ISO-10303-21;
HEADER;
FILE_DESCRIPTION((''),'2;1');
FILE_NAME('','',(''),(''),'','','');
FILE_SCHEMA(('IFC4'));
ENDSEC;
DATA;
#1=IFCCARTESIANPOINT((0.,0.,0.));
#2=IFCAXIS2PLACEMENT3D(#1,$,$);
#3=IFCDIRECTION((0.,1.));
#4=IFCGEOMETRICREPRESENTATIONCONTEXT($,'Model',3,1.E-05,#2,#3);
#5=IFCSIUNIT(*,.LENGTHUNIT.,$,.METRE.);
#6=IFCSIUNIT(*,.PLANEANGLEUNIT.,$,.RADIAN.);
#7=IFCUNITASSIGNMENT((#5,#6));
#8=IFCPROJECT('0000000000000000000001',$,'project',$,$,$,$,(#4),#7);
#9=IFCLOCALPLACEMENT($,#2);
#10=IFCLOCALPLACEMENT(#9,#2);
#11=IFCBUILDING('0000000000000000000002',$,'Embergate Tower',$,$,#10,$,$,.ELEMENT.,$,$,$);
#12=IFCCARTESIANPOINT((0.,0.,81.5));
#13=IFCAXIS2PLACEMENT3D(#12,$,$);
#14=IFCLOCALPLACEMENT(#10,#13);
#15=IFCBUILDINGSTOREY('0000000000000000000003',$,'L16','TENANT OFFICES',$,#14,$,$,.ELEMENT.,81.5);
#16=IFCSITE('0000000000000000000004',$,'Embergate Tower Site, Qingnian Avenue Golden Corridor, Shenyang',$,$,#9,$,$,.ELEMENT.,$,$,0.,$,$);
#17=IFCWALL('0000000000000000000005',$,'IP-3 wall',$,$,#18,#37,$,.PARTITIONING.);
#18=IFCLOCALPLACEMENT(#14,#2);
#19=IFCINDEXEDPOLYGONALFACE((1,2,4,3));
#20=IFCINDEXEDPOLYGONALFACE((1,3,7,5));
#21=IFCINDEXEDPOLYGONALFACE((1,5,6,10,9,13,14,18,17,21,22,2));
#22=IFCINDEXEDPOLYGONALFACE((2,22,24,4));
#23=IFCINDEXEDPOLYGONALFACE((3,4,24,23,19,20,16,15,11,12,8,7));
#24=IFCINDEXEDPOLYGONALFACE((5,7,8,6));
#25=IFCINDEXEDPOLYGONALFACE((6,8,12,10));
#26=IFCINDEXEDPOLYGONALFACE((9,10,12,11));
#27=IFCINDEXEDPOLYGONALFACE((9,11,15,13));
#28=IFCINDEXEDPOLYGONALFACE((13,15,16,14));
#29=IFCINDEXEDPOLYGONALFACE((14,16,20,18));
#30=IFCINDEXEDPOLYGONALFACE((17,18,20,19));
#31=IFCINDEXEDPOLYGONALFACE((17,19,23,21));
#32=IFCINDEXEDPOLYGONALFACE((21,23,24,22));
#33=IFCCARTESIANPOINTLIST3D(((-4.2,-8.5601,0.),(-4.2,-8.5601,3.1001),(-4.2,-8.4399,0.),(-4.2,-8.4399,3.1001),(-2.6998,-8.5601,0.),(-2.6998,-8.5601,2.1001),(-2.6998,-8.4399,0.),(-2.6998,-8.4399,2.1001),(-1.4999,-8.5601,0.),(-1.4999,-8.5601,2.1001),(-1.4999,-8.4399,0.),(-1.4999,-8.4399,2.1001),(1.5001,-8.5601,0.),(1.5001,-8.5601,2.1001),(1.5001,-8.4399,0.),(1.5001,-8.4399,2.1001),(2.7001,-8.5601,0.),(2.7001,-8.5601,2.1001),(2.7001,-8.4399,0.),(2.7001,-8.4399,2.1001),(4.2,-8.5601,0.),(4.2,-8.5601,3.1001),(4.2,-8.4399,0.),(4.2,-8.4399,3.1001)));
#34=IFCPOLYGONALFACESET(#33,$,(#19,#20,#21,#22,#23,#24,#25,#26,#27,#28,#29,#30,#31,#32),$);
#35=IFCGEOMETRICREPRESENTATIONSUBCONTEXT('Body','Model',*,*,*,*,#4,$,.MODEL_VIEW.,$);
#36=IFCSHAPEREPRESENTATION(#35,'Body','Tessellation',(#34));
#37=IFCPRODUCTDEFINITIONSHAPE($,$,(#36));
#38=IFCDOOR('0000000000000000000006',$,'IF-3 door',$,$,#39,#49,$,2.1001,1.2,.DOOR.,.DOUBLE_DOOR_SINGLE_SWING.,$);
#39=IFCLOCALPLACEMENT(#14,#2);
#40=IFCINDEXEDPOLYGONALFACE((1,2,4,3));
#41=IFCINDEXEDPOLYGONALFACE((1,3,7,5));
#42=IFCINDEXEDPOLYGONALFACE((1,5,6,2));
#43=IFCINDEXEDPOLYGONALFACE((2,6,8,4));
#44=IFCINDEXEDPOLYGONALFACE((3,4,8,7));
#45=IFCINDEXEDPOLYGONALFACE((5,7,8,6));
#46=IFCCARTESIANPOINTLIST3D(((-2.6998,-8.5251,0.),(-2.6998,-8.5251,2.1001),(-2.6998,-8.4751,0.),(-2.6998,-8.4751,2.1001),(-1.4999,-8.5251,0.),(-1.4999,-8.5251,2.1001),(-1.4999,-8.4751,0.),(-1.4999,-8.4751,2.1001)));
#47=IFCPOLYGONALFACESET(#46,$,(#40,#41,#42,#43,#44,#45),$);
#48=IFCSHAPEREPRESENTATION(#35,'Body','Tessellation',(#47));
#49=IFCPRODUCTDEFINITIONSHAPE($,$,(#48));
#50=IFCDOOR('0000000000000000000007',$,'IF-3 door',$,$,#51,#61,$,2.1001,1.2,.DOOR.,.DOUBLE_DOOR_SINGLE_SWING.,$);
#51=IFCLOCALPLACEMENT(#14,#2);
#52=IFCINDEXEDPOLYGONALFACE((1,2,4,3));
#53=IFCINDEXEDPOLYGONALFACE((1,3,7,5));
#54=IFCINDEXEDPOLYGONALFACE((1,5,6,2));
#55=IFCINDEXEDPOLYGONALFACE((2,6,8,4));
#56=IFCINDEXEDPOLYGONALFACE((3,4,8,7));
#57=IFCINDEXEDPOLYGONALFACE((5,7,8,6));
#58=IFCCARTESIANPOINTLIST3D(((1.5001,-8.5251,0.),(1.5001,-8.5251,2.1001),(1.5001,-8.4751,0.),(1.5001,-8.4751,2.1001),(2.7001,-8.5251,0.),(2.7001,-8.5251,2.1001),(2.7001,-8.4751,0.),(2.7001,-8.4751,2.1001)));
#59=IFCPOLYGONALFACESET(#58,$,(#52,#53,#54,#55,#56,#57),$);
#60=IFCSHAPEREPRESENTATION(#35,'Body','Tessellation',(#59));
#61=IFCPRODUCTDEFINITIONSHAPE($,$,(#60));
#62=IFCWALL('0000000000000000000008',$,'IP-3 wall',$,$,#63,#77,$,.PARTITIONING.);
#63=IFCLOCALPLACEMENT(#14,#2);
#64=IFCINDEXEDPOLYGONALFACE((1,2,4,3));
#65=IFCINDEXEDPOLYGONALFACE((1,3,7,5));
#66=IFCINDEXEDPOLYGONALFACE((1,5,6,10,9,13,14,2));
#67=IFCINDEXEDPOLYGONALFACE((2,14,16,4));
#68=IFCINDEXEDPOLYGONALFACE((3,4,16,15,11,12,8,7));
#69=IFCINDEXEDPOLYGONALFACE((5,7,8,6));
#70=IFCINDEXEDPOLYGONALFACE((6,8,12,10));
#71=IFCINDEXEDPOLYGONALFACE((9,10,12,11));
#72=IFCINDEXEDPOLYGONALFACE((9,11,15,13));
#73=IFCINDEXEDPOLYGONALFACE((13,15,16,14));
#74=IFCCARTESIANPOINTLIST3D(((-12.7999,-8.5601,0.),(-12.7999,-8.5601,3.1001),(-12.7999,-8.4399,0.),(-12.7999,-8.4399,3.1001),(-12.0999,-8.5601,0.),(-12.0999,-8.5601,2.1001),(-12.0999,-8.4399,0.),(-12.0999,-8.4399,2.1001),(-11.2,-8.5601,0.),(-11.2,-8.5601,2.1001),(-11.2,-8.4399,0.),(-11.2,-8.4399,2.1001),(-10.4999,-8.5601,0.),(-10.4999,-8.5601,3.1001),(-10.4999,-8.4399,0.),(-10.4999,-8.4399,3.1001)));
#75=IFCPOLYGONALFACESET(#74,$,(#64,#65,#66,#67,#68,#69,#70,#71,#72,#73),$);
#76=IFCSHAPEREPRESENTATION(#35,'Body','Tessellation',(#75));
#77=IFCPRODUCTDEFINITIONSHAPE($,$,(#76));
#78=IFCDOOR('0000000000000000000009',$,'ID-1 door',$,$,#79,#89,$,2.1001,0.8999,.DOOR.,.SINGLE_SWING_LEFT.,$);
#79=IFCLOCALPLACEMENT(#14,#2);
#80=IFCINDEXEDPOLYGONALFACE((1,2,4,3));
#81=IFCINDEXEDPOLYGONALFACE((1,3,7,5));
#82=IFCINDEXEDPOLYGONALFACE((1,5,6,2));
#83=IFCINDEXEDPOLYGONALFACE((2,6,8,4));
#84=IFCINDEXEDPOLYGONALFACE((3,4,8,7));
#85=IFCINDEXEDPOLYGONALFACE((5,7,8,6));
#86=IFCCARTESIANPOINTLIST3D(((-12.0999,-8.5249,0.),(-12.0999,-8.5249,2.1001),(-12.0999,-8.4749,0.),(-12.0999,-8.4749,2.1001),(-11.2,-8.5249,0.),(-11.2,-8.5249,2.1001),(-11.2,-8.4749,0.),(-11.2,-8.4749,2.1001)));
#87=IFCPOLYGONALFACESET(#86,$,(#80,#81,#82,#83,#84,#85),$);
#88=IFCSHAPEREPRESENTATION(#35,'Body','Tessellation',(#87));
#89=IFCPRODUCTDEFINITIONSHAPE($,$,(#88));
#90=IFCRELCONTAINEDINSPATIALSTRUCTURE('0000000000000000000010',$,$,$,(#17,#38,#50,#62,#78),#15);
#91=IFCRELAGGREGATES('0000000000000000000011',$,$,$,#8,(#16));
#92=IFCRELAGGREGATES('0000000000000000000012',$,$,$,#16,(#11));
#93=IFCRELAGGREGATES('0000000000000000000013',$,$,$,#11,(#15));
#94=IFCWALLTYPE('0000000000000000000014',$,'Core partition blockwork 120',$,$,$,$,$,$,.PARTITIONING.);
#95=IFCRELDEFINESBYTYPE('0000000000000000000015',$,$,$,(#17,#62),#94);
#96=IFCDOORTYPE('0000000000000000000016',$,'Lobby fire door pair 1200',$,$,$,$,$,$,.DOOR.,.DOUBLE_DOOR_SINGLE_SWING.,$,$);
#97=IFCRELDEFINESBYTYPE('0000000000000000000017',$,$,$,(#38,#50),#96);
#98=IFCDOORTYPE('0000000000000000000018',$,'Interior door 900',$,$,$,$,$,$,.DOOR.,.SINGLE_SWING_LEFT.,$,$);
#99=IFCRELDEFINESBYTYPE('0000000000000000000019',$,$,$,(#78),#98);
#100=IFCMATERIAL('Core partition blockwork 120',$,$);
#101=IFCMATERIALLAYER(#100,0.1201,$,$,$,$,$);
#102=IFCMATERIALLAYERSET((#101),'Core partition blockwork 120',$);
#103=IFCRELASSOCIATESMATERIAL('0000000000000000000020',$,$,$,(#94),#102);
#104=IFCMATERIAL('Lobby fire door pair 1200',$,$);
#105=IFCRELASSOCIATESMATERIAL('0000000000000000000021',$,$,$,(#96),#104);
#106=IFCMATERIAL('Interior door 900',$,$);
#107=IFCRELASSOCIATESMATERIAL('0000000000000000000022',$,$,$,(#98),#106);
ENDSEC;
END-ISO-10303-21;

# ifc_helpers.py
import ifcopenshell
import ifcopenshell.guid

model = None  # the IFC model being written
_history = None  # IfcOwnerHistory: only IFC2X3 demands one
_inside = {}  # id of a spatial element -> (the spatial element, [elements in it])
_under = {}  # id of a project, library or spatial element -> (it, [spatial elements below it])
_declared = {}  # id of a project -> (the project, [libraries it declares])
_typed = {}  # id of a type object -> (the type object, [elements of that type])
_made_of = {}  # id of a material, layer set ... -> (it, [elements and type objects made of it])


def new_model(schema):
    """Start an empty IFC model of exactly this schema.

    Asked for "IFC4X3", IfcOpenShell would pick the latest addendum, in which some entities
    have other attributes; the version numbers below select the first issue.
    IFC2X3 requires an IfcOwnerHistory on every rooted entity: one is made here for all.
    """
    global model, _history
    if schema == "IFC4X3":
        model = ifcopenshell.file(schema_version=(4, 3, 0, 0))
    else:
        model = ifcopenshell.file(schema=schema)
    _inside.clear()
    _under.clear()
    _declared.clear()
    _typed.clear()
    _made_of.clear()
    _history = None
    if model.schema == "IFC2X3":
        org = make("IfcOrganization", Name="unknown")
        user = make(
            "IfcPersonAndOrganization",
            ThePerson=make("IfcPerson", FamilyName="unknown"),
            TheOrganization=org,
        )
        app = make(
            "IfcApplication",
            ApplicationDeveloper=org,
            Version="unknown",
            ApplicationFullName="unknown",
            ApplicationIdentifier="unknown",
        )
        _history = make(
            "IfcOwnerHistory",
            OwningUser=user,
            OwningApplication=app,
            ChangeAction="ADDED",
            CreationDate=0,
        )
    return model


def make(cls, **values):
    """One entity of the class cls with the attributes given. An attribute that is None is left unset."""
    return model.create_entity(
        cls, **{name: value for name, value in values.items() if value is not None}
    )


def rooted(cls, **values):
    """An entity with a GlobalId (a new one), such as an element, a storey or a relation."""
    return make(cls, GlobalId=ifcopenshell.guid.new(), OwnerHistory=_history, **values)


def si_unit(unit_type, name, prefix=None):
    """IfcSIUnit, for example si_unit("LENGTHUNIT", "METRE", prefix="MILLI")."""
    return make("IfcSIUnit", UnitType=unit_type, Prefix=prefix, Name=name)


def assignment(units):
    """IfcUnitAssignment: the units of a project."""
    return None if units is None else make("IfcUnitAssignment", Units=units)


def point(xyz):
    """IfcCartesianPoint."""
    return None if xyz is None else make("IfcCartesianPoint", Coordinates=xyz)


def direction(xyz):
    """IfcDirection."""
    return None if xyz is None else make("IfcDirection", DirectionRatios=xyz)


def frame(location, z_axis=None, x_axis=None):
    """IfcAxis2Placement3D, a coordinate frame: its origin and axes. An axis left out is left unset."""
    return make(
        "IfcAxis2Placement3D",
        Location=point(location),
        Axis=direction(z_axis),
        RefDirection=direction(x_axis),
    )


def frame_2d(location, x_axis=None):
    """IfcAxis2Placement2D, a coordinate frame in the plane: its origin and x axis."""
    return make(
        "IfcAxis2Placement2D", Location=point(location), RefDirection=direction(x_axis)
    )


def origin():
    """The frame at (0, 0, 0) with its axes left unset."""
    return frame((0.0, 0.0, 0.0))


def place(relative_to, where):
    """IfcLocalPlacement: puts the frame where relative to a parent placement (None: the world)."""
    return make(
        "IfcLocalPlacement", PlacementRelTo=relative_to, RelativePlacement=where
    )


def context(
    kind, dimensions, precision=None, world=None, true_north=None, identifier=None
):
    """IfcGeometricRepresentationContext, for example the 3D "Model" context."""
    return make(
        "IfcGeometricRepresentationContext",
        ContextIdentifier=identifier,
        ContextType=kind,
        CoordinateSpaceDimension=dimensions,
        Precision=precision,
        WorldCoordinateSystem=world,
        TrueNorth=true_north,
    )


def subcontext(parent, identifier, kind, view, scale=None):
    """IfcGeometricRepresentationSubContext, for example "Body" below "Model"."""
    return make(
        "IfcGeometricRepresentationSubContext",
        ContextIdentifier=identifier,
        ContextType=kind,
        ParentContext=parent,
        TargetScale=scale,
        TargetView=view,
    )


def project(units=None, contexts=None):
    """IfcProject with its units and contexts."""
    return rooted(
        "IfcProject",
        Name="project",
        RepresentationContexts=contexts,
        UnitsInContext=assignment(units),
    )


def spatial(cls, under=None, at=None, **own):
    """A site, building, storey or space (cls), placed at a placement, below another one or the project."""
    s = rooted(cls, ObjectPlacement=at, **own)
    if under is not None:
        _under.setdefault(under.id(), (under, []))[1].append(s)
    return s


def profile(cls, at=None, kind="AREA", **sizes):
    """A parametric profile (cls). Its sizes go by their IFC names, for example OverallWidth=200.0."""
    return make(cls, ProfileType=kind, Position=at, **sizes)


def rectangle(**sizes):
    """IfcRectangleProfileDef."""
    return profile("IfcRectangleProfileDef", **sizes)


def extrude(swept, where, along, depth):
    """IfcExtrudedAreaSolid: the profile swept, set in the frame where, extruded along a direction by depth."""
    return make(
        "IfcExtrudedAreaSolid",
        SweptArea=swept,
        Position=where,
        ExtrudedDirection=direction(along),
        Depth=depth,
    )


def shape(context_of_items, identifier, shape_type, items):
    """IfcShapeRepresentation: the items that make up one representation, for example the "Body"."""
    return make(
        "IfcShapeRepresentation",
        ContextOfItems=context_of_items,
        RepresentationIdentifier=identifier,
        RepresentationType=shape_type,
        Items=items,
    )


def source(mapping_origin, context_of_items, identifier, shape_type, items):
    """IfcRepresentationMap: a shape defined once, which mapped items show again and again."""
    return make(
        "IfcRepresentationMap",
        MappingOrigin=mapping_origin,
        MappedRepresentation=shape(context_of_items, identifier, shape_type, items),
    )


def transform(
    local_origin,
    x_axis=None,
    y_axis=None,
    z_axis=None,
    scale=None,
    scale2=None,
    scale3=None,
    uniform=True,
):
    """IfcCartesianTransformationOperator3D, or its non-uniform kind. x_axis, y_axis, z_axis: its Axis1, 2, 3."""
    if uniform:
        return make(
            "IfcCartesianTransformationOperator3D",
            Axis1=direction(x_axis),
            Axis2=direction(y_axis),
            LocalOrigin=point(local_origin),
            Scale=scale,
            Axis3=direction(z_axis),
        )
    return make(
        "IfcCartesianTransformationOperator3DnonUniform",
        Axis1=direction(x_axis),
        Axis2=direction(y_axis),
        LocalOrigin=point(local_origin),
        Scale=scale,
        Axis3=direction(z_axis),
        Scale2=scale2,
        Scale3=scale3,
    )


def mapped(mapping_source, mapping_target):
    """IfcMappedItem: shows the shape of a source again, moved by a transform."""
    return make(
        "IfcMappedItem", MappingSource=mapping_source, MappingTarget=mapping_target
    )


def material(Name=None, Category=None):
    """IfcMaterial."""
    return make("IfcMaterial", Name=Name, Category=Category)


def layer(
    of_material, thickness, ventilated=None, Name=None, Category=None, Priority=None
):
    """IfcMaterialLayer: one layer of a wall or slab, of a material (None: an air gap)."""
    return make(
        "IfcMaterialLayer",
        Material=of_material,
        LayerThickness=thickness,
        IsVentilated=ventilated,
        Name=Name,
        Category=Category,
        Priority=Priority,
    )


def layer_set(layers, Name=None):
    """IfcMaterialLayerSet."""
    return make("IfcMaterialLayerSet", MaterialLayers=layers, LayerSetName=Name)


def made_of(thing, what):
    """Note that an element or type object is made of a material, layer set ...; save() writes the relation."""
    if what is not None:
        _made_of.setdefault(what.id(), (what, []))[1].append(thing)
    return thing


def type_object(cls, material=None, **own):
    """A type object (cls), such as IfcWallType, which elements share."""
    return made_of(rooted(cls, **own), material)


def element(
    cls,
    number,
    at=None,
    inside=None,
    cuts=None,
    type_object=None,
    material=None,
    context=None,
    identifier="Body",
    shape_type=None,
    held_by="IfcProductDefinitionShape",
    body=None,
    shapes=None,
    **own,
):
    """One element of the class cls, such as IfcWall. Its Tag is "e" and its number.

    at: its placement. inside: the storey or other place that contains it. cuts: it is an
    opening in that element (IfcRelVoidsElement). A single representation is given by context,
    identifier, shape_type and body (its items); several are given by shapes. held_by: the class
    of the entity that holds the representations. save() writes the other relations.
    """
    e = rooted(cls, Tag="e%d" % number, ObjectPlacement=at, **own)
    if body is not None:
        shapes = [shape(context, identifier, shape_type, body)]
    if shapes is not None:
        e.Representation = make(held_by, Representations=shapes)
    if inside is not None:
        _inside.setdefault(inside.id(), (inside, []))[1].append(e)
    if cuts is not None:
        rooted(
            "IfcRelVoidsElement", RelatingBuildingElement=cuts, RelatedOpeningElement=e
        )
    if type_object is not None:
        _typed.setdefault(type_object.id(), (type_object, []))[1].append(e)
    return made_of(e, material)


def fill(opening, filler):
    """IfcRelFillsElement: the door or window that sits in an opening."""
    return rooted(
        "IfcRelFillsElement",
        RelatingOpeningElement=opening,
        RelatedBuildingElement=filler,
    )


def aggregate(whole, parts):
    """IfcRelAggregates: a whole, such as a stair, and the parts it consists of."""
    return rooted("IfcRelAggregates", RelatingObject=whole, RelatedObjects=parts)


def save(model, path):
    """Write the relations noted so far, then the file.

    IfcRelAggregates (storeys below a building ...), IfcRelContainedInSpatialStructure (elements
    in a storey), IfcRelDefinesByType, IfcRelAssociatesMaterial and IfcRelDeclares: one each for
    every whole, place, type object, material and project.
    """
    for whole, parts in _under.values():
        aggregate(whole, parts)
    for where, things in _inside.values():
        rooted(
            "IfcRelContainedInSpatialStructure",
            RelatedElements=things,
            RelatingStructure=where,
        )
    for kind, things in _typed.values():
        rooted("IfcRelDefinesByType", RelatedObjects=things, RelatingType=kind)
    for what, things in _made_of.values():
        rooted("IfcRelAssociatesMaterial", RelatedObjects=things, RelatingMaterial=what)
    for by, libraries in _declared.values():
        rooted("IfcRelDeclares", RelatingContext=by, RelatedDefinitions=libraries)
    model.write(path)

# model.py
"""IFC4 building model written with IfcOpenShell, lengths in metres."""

from ifc_helpers import new_model, si_unit, direction, frame, frame_2d, origin, place, context, subcontext, project, spatial, rectangle, extrude, source, transform, mapped, material, layer, layer_set, type_object, element, fill, save


model = new_model("IFC4")

# Units and contexts
model_context = context("Model", 3, precision=1e-05, world=origin(), true_north=direction((0.0, 1.0)))
body_context = subcontext(model_context, "Body", "Model", "MODEL_VIEW")
ifc_project = project(units=[si_unit("LENGTHUNIT", "METRE"), si_unit("PLANEANGLEUNIT", "RADIAN")], contexts=[model_context])

# Site, building, storey
site_placement = place(None, origin())
site = spatial("IfcSite", under=ifc_project, at=site_placement, Name="Embergate Tower Site, Qingnian Avenue Golden Corridor, Shenyang", CompositionType="ELEMENT", RefElevation=0.0)
building_placement = place(site_placement, origin())
building = spatial("IfcBuilding", under=site, at=building_placement, Name="Embergate Tower", CompositionType="ELEMENT")
storey_placement = place(building_placement, frame((0.0, 0.0, 81.5)))
storey = spatial("IfcBuildingStorey", under=building, at=storey_placement, Name="L16", Description="TENANT OFFICES", CompositionType="ELEMENT", Elevation=81.5)

# Shared definitions
shared_shape_1 = source(origin(), body_context, "Body", "SweptSolid", [
    extrude(rectangle(XDim=1.2, YDim=2.1001, at=frame_2d((0.6001, 1.05))), frame((0.0, 0.0249, 0.0), z_axis=(0.0, -1.0, 0.0), x_axis=(1.0, 0.0, 0.0)), (0.0, 0.0, 1.0), 0.05),
])

# Wall, openings, doors
ifc_material_1 = material(Name="Core partition blockwork 120")
ifc_layer_1 = layer(ifc_material_1, 0.1201)
ifc_layer_set_1 = layer_set([ifc_layer_1], Name="Core partition blockwork 120")
wall_type_1 = type_object("IfcWallType", Name="Core partition blockwork 120", PredefinedType="PARTITIONING", material=ifc_layer_set_1)
shared_shape_2 = source(origin(), body_context, "Body", "SweptSolid", [
    extrude(rectangle(XDim=8.3999, YDim=0.1201, at=frame_2d((4.2, 0.0))), origin(), (0.0, 0.0, 1.0), 3.1001),
])
wall_1_placement = place(storey_placement, frame((-4.2, -8.5, 0.0), z_axis=(0.0, 0.0, 1.0), x_axis=(1.0, 0.0, 0.0)))
wall_1 = element("IfcWall", 1, at=wall_1_placement, inside=storey, type_object=wall_type_1, Name="IP-3 wall", PredefinedType="PARTITIONING", context=body_context, shape_type="MappedRepresentation", body=[
    mapped(shared_shape_2, transform((0.0, 0.0, 0.0))),
])
shared_shape_3 = source(origin(), body_context, "Body", "SweptSolid", [
    extrude(rectangle(XDim=1.2, YDim=2.1001, at=frame_2d((0.6001, 1.05))), frame((0.0, 0.0701, 0.0), z_axis=(0.0, -1.0, 0.0), x_axis=(1.0, 0.0, 0.0)), (0.0, 0.0, 1.0), 0.1401),
])
opening_1_placement = place(wall_1_placement, frame((1.5, 0.0, 0.0)))
opening_1 = element("IfcOpeningElement", 2, at=opening_1_placement, cuts=wall_1, PredefinedType="OPENING", context=body_context, shape_type="MappedRepresentation", body=[
    mapped(shared_shape_3, transform((0.0, 0.0, 0.0))),
])
opening_2_placement = place(wall_1_placement, frame((5.7, 0.0, 0.0)))
opening_2 = element("IfcOpeningElement", 3, at=opening_2_placement, cuts=wall_1, PredefinedType="OPENING", context=body_context, shape_type="MappedRepresentation", body=[
    mapped(shared_shape_3, transform((0.0, 0.0, 0.0))),
])
ifc_material_2 = material(Name="Lobby fire door pair 1200")
door_type_1 = type_object("IfcDoorType", Name="Lobby fire door pair 1200", OperationType="DOUBLE_DOOR_SINGLE_SWING", PredefinedType="DOOR", material=ifc_material_2)
door_1_placement = place(opening_1_placement, origin())
door_1 = element("IfcDoor", 4, at=door_1_placement, inside=storey, type_object=door_type_1, Name="IF-3 door", OperationType="DOUBLE_DOOR_SINGLE_SWING", OverallHeight=2.1001, OverallWidth=1.2, PredefinedType="DOOR", context=body_context, shape_type="MappedRepresentation", body=[
    mapped(shared_shape_1, transform((0.0, 0.0, 0.0))),
])
fill(opening_1, door_1)
door_2_placement = place(opening_2_placement, origin())
door_2 = element("IfcDoor", 5, at=door_2_placement, inside=storey, type_object=door_type_1, Name="IF-3 door", OperationType="DOUBLE_DOOR_SINGLE_SWING", OverallHeight=2.1001, OverallWidth=1.2, PredefinedType="DOOR", context=body_context, shape_type="MappedRepresentation", body=[
    mapped(shared_shape_1, transform((0.0, 0.0, 0.0))),
])
fill(opening_2, door_2)

# Wall, opening, door
shared_shape_4 = source(origin(), body_context, "Body", "SweptSolid", [
    extrude(rectangle(XDim=2.3, YDim=0.1201, at=frame_2d((1.1499, 0.0))), origin(), (0.0, 0.0, 1.0), 3.1001),
])
wall_2_placement = place(storey_placement, frame((-10.5, -8.5, 0.0), z_axis=(0.0, 0.0, 1.0), x_axis=(-1.0, 0.0, 0.0)))
wall_2 = element("IfcWall", 6, at=wall_2_placement, inside=storey, type_object=wall_type_1, Name="IP-3 wall", PredefinedType="PARTITIONING", context=body_context, shape_type="MappedRepresentation", body=[
    mapped(shared_shape_4, transform((0.0, 0.0, 0.0))),
])
shared_shape_5 = source(origin(), body_context, "Body", "SweptSolid", [
    extrude(rectangle(XDim=0.8999, YDim=2.1001, at=frame_2d((0.45, 1.05))), frame((0.0, 0.0701, 0.0), z_axis=(0.0, -1.0, 0.0), x_axis=(1.0, 0.0, 0.0)), (0.0, 0.0, 1.0), 0.1401),
])
opening_3_placement = place(wall_2_placement, frame((0.7, 0.0, 0.0)))
opening_3 = element("IfcOpeningElement", 7, at=opening_3_placement, cuts=wall_2, PredefinedType="OPENING", context=body_context, shape_type="MappedRepresentation", body=[
    mapped(shared_shape_5, transform((0.0, 0.0, 0.0))),
])
ifc_material_3 = material(Name="Interior door 900")
door_type_2 = type_object("IfcDoorType", Name="Interior door 900", OperationType="SINGLE_SWING_LEFT", PredefinedType="DOOR", material=ifc_material_3)
shared_shape_6 = source(origin(), body_context, "Body", "SweptSolid", [
    extrude(rectangle(XDim=0.8999, YDim=2.1001, at=frame_2d((0.45, 1.05))), frame((0.0, 0.0249, 0.0), z_axis=(0.0, -1.0, 0.0), x_axis=(1.0, 0.0, 0.0)), (0.0, 0.0, 1.0), 0.05),
])
door_3_placement = place(opening_3_placement, origin())
door_3 = element("IfcDoor", 8, at=door_3_placement, inside=storey, type_object=door_type_2, Name="ID-1 door", OperationType="SINGLE_SWING_LEFT", OverallHeight=2.1001, OverallWidth=0.8999, PredefinedType="DOOR", context=body_context, shape_type="MappedRepresentation", body=[
    mapped(shared_shape_6, transform((0.0, 0.0, 0.0))),
])
fill(opening_3, door_3)

save(model, "model.ifc")
